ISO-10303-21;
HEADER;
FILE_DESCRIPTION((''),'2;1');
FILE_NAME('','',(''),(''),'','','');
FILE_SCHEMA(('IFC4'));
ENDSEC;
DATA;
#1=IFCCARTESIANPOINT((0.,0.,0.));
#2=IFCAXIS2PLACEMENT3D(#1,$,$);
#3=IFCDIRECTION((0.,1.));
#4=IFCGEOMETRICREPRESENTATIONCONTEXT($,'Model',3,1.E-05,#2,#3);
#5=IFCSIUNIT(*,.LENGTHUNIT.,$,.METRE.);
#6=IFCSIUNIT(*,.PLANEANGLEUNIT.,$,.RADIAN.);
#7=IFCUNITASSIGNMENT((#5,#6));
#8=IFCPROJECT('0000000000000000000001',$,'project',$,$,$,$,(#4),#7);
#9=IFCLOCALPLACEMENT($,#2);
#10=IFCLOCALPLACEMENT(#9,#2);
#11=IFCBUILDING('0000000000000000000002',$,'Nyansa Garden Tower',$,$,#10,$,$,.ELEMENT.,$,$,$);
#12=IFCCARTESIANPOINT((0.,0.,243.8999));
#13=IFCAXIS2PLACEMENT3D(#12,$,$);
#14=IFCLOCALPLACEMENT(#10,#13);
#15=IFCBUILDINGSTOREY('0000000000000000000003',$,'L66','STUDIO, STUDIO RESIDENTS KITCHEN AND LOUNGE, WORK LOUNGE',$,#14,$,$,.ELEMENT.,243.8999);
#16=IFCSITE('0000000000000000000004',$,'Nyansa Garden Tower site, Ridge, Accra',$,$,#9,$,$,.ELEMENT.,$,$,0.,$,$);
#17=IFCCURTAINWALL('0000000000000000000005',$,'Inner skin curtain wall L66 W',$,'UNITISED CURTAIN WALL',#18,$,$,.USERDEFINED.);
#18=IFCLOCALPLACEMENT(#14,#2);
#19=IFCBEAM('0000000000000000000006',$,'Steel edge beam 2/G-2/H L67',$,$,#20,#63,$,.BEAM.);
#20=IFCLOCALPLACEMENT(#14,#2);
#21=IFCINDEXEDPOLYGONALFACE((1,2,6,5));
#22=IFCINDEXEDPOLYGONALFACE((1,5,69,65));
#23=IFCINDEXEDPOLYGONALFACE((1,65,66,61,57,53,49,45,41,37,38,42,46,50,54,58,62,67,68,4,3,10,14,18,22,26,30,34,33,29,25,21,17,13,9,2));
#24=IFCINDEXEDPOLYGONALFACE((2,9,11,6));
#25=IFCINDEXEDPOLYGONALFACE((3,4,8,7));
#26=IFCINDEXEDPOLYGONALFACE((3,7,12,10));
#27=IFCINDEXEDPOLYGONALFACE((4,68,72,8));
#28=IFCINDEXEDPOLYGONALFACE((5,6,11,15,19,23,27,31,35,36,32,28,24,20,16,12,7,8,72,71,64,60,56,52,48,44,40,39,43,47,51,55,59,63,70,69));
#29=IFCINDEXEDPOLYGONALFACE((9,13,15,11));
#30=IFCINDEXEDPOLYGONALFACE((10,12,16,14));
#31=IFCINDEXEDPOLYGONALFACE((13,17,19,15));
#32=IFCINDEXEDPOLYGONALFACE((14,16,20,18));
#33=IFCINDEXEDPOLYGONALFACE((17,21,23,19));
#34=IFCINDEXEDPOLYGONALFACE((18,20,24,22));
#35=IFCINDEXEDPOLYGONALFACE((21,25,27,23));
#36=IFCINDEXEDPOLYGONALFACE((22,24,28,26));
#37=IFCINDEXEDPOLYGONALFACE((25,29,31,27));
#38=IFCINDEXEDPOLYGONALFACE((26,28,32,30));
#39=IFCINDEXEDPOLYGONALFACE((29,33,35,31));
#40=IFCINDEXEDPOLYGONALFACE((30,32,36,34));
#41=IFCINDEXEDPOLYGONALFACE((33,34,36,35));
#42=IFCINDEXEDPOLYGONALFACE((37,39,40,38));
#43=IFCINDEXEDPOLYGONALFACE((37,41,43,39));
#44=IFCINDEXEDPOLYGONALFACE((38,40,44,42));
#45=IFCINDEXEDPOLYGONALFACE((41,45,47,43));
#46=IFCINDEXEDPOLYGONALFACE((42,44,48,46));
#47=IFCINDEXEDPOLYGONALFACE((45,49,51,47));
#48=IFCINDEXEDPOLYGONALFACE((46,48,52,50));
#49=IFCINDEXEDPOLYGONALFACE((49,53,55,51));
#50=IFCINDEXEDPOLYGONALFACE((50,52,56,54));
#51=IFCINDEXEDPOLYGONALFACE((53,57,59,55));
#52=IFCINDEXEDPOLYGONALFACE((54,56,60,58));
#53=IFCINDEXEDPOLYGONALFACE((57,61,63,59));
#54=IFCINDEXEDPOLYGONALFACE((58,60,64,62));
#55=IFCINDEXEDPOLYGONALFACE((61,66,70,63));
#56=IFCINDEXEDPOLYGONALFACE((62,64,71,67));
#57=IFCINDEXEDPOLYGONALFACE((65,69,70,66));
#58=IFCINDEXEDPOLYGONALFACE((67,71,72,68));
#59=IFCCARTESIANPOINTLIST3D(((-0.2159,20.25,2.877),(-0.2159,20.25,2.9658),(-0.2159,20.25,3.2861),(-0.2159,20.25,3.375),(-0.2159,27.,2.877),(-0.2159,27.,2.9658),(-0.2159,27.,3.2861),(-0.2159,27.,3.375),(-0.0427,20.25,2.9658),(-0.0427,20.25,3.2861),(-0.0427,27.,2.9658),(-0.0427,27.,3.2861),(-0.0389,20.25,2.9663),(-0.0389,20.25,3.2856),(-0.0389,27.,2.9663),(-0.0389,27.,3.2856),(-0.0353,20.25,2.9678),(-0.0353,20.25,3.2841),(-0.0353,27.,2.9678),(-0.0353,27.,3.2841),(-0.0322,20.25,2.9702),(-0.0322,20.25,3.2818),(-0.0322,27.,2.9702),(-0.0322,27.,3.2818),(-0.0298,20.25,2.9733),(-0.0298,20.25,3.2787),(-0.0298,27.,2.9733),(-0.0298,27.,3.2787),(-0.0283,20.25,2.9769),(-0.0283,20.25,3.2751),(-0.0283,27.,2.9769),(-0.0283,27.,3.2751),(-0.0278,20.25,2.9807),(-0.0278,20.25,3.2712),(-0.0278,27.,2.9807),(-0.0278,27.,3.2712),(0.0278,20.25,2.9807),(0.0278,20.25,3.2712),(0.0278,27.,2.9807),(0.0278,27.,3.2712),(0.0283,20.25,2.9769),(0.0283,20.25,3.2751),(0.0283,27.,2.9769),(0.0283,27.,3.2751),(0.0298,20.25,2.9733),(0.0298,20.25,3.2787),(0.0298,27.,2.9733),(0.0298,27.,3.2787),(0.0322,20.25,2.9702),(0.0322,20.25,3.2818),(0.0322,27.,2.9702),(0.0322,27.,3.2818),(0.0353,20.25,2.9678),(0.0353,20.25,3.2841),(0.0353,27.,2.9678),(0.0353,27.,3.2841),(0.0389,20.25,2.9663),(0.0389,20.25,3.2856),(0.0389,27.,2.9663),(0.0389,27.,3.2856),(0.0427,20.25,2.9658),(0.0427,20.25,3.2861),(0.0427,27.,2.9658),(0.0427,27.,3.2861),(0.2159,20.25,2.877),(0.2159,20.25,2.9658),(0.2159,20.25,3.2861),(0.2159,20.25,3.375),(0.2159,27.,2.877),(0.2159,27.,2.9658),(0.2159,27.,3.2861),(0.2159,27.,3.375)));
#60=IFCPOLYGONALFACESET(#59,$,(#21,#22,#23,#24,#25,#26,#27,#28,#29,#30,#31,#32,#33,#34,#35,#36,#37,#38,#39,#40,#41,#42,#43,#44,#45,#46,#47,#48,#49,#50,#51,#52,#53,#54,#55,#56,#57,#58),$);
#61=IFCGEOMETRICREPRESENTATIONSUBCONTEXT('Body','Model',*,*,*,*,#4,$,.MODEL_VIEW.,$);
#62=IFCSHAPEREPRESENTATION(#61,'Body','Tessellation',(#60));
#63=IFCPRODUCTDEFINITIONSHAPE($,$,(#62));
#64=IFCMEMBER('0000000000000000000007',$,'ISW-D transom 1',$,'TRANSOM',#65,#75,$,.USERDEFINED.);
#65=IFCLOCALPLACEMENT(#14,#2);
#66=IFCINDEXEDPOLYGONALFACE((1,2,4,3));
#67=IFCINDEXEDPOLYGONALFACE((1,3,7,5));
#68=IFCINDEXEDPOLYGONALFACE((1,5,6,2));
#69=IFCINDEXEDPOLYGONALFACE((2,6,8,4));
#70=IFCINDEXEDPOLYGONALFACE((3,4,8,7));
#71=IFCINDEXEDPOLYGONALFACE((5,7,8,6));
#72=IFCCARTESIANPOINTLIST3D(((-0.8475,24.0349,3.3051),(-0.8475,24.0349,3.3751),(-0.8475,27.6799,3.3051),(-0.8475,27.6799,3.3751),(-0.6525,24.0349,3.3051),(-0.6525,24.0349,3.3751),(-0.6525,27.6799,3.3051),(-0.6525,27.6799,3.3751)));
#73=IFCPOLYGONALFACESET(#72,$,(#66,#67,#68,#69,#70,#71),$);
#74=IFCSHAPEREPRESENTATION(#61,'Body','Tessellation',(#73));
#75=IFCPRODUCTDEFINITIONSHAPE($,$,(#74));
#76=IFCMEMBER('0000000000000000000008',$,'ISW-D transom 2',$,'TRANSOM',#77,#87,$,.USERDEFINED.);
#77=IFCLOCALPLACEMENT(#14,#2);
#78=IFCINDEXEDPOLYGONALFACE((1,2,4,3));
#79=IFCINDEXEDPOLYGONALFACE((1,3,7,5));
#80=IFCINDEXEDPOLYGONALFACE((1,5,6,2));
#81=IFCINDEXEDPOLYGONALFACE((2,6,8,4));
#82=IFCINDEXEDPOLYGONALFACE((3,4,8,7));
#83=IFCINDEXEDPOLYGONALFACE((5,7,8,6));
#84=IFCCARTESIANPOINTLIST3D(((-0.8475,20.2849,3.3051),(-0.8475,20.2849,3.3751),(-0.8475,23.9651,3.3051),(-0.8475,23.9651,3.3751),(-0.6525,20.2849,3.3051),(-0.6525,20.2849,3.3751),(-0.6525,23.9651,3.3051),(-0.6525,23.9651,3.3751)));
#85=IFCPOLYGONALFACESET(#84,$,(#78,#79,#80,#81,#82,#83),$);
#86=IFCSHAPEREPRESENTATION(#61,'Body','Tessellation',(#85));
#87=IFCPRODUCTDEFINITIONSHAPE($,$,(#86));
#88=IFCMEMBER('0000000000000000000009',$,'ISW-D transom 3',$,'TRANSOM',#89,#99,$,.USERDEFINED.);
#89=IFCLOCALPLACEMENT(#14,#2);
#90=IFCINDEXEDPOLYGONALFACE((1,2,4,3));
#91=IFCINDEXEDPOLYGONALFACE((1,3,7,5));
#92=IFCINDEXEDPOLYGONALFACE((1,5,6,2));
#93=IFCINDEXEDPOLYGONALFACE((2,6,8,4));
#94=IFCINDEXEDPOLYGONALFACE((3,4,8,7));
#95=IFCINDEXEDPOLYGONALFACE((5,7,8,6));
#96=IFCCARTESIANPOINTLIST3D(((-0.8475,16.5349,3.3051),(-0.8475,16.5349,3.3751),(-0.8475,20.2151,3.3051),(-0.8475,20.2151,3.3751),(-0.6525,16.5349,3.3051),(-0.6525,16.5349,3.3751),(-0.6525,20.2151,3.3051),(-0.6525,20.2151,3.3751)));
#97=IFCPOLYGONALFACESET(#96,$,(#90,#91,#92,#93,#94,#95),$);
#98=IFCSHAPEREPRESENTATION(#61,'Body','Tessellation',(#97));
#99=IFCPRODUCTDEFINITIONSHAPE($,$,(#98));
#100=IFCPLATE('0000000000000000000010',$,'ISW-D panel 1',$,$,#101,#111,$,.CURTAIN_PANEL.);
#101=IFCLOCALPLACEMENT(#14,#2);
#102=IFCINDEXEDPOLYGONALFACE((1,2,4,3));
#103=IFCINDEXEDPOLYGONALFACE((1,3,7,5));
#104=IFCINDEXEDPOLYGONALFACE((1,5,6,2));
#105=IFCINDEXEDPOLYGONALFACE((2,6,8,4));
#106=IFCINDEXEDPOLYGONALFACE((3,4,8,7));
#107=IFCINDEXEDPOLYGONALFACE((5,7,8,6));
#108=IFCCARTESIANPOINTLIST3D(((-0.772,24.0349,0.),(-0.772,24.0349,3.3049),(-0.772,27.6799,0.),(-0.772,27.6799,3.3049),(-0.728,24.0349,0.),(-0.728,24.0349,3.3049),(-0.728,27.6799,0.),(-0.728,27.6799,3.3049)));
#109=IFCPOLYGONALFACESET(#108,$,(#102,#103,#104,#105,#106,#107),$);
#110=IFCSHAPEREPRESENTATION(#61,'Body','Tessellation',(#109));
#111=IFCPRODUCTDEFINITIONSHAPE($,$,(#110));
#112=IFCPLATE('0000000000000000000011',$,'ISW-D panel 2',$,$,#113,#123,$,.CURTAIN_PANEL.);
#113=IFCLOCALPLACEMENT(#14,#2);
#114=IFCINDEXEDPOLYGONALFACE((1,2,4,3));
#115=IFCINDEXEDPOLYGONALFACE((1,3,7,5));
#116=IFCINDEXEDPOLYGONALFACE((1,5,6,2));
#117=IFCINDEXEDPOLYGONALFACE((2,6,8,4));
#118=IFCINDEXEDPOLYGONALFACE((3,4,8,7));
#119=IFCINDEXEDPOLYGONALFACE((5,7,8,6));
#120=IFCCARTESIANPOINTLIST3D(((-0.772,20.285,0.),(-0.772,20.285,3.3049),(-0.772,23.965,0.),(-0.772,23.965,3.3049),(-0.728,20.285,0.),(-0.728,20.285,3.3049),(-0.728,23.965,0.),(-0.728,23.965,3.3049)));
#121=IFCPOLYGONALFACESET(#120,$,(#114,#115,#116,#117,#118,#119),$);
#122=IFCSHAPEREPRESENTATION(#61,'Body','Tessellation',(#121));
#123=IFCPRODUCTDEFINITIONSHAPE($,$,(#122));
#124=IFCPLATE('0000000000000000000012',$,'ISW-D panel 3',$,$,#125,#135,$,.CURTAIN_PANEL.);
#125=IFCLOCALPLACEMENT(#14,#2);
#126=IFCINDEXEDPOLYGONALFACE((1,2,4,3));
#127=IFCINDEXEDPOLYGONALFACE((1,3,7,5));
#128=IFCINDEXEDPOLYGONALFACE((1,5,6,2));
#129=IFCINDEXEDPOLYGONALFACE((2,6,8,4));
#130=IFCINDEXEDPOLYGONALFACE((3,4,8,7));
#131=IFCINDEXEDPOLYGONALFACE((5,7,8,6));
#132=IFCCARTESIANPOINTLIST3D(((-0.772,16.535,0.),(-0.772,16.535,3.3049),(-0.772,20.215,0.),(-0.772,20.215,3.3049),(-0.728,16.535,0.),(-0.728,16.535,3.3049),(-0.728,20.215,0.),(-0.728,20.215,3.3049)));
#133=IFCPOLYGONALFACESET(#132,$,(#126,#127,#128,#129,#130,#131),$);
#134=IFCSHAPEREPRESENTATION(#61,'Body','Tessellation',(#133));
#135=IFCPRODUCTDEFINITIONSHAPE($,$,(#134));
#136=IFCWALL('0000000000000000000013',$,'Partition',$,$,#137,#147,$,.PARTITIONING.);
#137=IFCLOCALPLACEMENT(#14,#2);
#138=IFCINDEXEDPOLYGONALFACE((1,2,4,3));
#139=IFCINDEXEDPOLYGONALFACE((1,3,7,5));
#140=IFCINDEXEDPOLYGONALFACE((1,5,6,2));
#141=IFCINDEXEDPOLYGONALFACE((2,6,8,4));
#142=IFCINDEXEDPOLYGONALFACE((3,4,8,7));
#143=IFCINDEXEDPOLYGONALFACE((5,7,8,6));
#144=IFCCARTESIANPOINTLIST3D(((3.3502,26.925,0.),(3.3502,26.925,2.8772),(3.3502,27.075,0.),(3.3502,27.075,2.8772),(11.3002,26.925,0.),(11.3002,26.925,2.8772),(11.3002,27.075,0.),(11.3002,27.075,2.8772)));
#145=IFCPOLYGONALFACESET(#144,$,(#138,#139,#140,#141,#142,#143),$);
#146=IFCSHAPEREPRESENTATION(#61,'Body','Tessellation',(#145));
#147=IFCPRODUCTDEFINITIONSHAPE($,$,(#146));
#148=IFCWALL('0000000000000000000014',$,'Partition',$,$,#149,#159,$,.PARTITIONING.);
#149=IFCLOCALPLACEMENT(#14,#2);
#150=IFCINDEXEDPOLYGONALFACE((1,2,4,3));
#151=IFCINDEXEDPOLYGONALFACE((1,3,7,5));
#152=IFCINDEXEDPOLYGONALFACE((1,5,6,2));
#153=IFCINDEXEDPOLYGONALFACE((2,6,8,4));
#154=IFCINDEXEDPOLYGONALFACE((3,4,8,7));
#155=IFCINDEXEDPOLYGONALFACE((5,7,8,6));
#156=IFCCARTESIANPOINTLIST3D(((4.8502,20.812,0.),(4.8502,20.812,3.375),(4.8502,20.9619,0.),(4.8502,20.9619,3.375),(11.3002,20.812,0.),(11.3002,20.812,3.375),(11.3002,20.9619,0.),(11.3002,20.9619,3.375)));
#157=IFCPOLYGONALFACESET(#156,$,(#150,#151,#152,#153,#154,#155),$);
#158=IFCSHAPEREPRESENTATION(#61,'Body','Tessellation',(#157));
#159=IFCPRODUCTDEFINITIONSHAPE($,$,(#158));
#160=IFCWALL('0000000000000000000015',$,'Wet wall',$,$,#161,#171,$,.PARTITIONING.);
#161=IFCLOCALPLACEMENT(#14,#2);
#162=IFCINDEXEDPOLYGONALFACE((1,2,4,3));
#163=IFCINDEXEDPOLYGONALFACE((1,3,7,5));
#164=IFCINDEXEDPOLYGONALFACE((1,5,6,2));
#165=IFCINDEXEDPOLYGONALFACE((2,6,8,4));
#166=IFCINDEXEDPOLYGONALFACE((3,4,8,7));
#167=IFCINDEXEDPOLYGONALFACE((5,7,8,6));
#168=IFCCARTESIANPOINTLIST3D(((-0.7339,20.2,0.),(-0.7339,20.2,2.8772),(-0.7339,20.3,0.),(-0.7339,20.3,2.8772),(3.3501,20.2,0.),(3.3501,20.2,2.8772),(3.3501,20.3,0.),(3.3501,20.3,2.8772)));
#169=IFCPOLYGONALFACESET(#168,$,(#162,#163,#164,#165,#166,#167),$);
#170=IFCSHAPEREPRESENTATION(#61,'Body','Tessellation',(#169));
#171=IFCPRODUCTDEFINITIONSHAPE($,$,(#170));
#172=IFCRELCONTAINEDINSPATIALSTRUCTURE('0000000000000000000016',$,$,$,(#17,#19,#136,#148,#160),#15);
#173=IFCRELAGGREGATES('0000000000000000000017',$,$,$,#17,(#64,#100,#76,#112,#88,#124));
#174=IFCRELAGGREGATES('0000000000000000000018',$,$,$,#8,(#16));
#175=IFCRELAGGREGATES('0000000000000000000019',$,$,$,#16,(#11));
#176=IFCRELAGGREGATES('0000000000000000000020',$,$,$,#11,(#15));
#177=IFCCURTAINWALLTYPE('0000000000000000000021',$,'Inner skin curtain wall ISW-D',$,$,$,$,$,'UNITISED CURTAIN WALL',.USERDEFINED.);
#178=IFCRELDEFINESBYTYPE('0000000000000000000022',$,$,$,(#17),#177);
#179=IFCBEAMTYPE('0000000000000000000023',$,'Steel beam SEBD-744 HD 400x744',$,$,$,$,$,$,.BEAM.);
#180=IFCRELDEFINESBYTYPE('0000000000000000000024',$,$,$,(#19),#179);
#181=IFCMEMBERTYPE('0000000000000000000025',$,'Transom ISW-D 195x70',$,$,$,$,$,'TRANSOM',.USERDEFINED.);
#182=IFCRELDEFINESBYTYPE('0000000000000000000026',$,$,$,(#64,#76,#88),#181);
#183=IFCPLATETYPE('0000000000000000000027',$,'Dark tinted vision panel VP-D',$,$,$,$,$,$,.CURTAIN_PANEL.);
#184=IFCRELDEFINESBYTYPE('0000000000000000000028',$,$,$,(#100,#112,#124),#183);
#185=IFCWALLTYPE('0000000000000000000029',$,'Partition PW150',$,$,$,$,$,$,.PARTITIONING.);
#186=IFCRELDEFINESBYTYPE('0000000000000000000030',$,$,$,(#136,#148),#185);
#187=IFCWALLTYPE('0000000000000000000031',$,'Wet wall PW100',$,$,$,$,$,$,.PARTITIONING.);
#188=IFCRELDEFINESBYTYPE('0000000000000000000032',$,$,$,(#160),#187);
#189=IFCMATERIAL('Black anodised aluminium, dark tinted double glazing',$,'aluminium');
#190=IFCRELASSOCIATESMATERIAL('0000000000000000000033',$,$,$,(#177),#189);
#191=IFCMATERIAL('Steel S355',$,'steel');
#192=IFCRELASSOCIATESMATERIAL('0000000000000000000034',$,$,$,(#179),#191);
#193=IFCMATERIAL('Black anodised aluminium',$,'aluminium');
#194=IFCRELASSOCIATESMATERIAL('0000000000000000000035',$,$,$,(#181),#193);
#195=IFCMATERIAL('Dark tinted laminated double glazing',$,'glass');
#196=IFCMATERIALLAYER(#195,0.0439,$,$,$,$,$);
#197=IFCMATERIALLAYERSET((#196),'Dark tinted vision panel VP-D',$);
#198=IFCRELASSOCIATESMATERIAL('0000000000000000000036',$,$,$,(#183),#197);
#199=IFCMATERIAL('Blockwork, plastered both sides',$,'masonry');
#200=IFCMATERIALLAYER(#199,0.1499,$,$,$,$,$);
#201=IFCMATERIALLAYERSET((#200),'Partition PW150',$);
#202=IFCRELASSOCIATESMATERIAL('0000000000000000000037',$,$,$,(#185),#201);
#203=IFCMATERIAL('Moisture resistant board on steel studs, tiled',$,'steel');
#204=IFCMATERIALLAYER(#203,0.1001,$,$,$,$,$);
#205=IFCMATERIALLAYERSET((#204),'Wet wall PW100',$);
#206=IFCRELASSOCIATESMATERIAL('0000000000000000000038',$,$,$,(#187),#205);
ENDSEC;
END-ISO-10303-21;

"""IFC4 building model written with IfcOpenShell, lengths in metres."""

from ifc_helpers import new_model, si_unit, direction, frame, frame_2d, origin, origin_2d, place, context, subcontext, project, spatial, rectangle, i_section, extrude, material, layer, layer_set, material_profile, profile_set, type_object, element, aggregate, save


model = new_model("IFC4")

# Units and contexts
model_context = context("Model", 3, precision=1e-05, world=origin(), true_north=direction((0.0, 1.0)))
body_context = subcontext(model_context, "Body", "Model", "MODEL_VIEW")
ifc_project = project(units=[si_unit("LENGTHUNIT", "METRE"), si_unit("PLANEANGLEUNIT", "RADIAN")], contexts=[model_context])

# Site, building, storey
site_placement = place(None, origin())
site = spatial("IfcSite", under=ifc_project, at=site_placement, Name="Nyansa Garden Tower site, Ridge, Accra", CompositionType="ELEMENT", RefElevation=0.0)
building_placement = place(site_placement, origin())
building = spatial("IfcBuilding", under=site, at=building_placement, Name="Nyansa Garden Tower", CompositionType="ELEMENT")
storey_placement = place(building_placement, frame((0.0, 0.0, 243.8999)))
storey = spatial("IfcBuildingStorey", under=building, at=storey_placement, Name="L66", Description="STUDIO, STUDIO RESIDENTS KITCHEN AND LOUNGE, WORK LOUNGE", CompositionType="ELEMENT", Elevation=243.8999)

# Curtain wall
ifc_material_1 = material(Name="Black anodised aluminium, dark tinted double glazing", Category="aluminium")
curtain_wall_type = type_object("IfcCurtainWallType", Name="Inner skin curtain wall ISW-D", ElementType="UNITISED CURTAIN WALL", PredefinedType="USERDEFINED", material=ifc_material_1)
curtain_wall_placement = place(storey_placement, origin())
curtain_wall = element("IfcCurtainWall", 1, at=curtain_wall_placement, inside=storey, type_object=curtain_wall_type, Name="Inner skin curtain wall L66 W", ObjectType="UNITISED CURTAIN WALL", PredefinedType="USERDEFINED")

# Beam
ifc_material_2 = material(Name="Steel S355", Category="steel")
ifc_material_profile_1 = material_profile(ifc_material_2, i_section(OverallWidth=0.4319, OverallDepth=0.498, WebThickness=0.0557, FlangeThickness=0.0889, FilletRadius=0.0149, at=origin_2d()), Name="HD 400x744")
ifc_profile_set_1 = profile_set([ifc_material_profile_1], Name="Steel S355")
beam_type_1 = type_object("IfcBeamType", Name="Steel beam SEBD-744 HD 400x744", PredefinedType="BEAM", material=ifc_profile_set_1)
beam_placement = place(storey_placement, frame((0.0, 20.25, 3.126), z_axis=(0.0, 1.0, 0.0), x_axis=(-1.0, 0.0, 0.0)))
element("IfcBeam", 2, at=beam_placement, inside=storey, type_object=beam_type_1, Name="Steel edge beam 2/G-2/H L67", PredefinedType="BEAM", context=body_context, shape_type="SweptSolid", body=[
    extrude(i_section(OverallWidth=0.4319, OverallDepth=0.498, WebThickness=0.0557, FlangeThickness=0.0889, FilletRadius=0.0149, at=origin_2d()), origin(), (0.0, 0.0, 1.0), 6.75),
])

# Members
ifc_material_3 = material(Name="Black anodised aluminium", Category="aluminium")
ifc_material_profile_2 = material_profile(ifc_material_3, rectangle(XDim=0.1951, YDim=0.0701, at=origin_2d()), Name="Transom 195x70")
ifc_profile_set_2 = profile_set([ifc_material_profile_2], Name="Black anodised aluminium")
member_type_1 = type_object("IfcMemberType", Name="Transom ISW-D 195x70", ElementType="TRANSOM", PredefinedType="USERDEFINED", material=ifc_profile_set_2)
member_1_placement = place(storey_placement, frame((-0.75, 27.6799, 3.3401), z_axis=(0.0, -1.0, 0.0), x_axis=(1.0, 0.0, 0.0)))
member_1 = element("IfcMember", 3, at=member_1_placement, type_object=member_type_1, Name="ISW-D transom 1", ObjectType="TRANSOM", PredefinedType="USERDEFINED", context=body_context, shape_type="SweptSolid", body=[
    extrude(rectangle(XDim=0.1951, YDim=0.0701, at=origin_2d()), origin(), (0.0, 0.0, 1.0), 3.645),
])
member_2_placement = place(storey_placement, frame((-0.75, 23.9651, 3.3401), z_axis=(0.0, -1.0, 0.0), x_axis=(1.0, 0.0, 0.0)))
member_2 = element("IfcMember", 4, at=member_2_placement, type_object=member_type_1, Name="ISW-D transom 2", ObjectType="TRANSOM", PredefinedType="USERDEFINED", context=body_context, shape_type="SweptSolid", body=[
    extrude(rectangle(XDim=0.1951, YDim=0.0701, at=origin_2d()), origin(), (0.0, 0.0, 1.0), 3.6802),
])
member_3_placement = place(storey_placement, frame((-0.75, 20.2151, 3.3401), z_axis=(0.0, -1.0, 0.0), x_axis=(1.0, 0.0, 0.0)))
member_3 = element("IfcMember", 5, at=member_3_placement, type_object=member_type_1, Name="ISW-D transom 3", ObjectType="TRANSOM", PredefinedType="USERDEFINED", context=body_context, shape_type="SweptSolid", body=[
    extrude(rectangle(XDim=0.1951, YDim=0.0701, at=origin_2d()), origin(), (0.0, 0.0, 1.0), 3.6802),
])

# Plates
ifc_material_4 = material(Name="Dark tinted laminated double glazing", Category="glass")
ifc_layer_1 = layer(ifc_material_4, 0.0439)
ifc_layer_set_1 = layer_set([ifc_layer_1], Name="Dark tinted vision panel VP-D")
plate_type = type_object("IfcPlateType", Name="Dark tinted vision panel VP-D", PredefinedType="CURTAIN_PANEL", material=ifc_layer_set_1)
plate_1_placement = place(storey_placement, frame((-0.75, 25.8574, 0.0), z_axis=(0.0, 0.0, 1.0), x_axis=(0.0, -1.0, 0.0)))
plate_1 = element("IfcPlate", 6, at=plate_1_placement, type_object=plate_type, Name="ISW-D panel 1", PredefinedType="CURTAIN_PANEL", context=body_context, shape_type="SweptSolid", body=[
    extrude(rectangle(XDim=3.645, YDim=0.0439, at=origin_2d()), origin(), (0.0, 0.0, 1.0), 3.3049),
])
plate_2_placement = place(storey_placement, frame((-0.75, 22.125, 0.0), z_axis=(0.0, 0.0, 1.0), x_axis=(0.0, -1.0, 0.0)))
plate_2 = element("IfcPlate", 7, at=plate_2_placement, type_object=plate_type, Name="ISW-D panel 2", PredefinedType="CURTAIN_PANEL", context=body_context, shape_type="SweptSolid", body=[
    extrude(rectangle(XDim=3.6799, YDim=0.0439, at=origin_2d()), origin(), (0.0, 0.0, 1.0), 3.3049),
])
plate_3_placement = place(storey_placement, frame((-0.75, 18.375, 0.0), z_axis=(0.0, 0.0, 1.0), x_axis=(0.0, -1.0, 0.0)))
plate_3 = element("IfcPlate", 8, at=plate_3_placement, type_object=plate_type, Name="ISW-D panel 3", PredefinedType="CURTAIN_PANEL", context=body_context, shape_type="SweptSolid", body=[
    extrude(rectangle(XDim=3.6799, YDim=0.0439, at=origin_2d()), origin(), (0.0, 0.0, 1.0), 3.3049),
])
aggregate(curtain_wall, [member_1, plate_1, member_2, plate_2, member_3, plate_3])

# Walls
ifc_material_5 = material(Name="Blockwork, plastered both sides", Category="masonry")
ifc_layer_2 = layer(ifc_material_5, 0.1499)
ifc_layer_set_2 = layer_set([ifc_layer_2], Name="Partition PW150")
wall_type_1 = type_object("IfcWallType", Name="Partition PW150", PredefinedType="PARTITIONING", material=ifc_layer_set_2)
wall_1_placement = place(storey_placement, frame((3.3501, 27.0, 0.0), z_axis=(0.0, 0.0, 1.0), x_axis=(1.0, 0.0, 0.0)))
element("IfcWall", 9, at=wall_1_placement, inside=storey, type_object=wall_type_1, Name="Partition", PredefinedType="PARTITIONING", context=body_context, shape_type="SweptSolid", body=[
    extrude(rectangle(XDim=7.95, YDim=0.1499, at=frame_2d((3.9751, 0.0))), origin(), (0.0, 0.0, 1.0), 2.8772),
])
wall_2_placement = place(storey_placement, frame((4.8501, 20.887, 0.0), z_axis=(0.0, 0.0, 1.0), x_axis=(1.0, 0.0, 0.0)))
element("IfcWall", 10, at=wall_2_placement, inside=storey, type_object=wall_type_1, Name="Partition", PredefinedType="PARTITIONING", context=body_context, shape_type="SweptSolid", body=[
    extrude(rectangle(XDim=6.45, YDim=0.1499, at=frame_2d((3.2251, 0.0))), origin(), (0.0, 0.0, 1.0), 3.375),
])
ifc_material_6 = material(Name="Moisture resistant board on steel studs, tiled", Category="steel")
ifc_layer_3 = layer(ifc_material_6, 0.1001)
ifc_layer_set_3 = layer_set([ifc_layer_3], Name="Wet wall PW100")
wall_type_2 = type_object("IfcWallType", Name="Wet wall PW100", PredefinedType="PARTITIONING", material=ifc_layer_set_3)
wall_3_placement = place(storey_placement, frame((-0.7339, 20.25, 0.0), z_axis=(0.0, 0.0, 1.0), x_axis=(1.0, 0.0, 0.0)))
element("IfcWall", 11, at=wall_3_placement, inside=storey, type_object=wall_type_2, Name="Wet wall", PredefinedType="PARTITIONING", context=body_context, shape_type="SweptSolid", body=[
    extrude(rectangle(XDim=4.084, YDim=0.1001, at=frame_2d((2.042, 0.0))), origin(), (0.0, 0.0, 1.0), 2.8772),
])

save(model, "model.ifc")
